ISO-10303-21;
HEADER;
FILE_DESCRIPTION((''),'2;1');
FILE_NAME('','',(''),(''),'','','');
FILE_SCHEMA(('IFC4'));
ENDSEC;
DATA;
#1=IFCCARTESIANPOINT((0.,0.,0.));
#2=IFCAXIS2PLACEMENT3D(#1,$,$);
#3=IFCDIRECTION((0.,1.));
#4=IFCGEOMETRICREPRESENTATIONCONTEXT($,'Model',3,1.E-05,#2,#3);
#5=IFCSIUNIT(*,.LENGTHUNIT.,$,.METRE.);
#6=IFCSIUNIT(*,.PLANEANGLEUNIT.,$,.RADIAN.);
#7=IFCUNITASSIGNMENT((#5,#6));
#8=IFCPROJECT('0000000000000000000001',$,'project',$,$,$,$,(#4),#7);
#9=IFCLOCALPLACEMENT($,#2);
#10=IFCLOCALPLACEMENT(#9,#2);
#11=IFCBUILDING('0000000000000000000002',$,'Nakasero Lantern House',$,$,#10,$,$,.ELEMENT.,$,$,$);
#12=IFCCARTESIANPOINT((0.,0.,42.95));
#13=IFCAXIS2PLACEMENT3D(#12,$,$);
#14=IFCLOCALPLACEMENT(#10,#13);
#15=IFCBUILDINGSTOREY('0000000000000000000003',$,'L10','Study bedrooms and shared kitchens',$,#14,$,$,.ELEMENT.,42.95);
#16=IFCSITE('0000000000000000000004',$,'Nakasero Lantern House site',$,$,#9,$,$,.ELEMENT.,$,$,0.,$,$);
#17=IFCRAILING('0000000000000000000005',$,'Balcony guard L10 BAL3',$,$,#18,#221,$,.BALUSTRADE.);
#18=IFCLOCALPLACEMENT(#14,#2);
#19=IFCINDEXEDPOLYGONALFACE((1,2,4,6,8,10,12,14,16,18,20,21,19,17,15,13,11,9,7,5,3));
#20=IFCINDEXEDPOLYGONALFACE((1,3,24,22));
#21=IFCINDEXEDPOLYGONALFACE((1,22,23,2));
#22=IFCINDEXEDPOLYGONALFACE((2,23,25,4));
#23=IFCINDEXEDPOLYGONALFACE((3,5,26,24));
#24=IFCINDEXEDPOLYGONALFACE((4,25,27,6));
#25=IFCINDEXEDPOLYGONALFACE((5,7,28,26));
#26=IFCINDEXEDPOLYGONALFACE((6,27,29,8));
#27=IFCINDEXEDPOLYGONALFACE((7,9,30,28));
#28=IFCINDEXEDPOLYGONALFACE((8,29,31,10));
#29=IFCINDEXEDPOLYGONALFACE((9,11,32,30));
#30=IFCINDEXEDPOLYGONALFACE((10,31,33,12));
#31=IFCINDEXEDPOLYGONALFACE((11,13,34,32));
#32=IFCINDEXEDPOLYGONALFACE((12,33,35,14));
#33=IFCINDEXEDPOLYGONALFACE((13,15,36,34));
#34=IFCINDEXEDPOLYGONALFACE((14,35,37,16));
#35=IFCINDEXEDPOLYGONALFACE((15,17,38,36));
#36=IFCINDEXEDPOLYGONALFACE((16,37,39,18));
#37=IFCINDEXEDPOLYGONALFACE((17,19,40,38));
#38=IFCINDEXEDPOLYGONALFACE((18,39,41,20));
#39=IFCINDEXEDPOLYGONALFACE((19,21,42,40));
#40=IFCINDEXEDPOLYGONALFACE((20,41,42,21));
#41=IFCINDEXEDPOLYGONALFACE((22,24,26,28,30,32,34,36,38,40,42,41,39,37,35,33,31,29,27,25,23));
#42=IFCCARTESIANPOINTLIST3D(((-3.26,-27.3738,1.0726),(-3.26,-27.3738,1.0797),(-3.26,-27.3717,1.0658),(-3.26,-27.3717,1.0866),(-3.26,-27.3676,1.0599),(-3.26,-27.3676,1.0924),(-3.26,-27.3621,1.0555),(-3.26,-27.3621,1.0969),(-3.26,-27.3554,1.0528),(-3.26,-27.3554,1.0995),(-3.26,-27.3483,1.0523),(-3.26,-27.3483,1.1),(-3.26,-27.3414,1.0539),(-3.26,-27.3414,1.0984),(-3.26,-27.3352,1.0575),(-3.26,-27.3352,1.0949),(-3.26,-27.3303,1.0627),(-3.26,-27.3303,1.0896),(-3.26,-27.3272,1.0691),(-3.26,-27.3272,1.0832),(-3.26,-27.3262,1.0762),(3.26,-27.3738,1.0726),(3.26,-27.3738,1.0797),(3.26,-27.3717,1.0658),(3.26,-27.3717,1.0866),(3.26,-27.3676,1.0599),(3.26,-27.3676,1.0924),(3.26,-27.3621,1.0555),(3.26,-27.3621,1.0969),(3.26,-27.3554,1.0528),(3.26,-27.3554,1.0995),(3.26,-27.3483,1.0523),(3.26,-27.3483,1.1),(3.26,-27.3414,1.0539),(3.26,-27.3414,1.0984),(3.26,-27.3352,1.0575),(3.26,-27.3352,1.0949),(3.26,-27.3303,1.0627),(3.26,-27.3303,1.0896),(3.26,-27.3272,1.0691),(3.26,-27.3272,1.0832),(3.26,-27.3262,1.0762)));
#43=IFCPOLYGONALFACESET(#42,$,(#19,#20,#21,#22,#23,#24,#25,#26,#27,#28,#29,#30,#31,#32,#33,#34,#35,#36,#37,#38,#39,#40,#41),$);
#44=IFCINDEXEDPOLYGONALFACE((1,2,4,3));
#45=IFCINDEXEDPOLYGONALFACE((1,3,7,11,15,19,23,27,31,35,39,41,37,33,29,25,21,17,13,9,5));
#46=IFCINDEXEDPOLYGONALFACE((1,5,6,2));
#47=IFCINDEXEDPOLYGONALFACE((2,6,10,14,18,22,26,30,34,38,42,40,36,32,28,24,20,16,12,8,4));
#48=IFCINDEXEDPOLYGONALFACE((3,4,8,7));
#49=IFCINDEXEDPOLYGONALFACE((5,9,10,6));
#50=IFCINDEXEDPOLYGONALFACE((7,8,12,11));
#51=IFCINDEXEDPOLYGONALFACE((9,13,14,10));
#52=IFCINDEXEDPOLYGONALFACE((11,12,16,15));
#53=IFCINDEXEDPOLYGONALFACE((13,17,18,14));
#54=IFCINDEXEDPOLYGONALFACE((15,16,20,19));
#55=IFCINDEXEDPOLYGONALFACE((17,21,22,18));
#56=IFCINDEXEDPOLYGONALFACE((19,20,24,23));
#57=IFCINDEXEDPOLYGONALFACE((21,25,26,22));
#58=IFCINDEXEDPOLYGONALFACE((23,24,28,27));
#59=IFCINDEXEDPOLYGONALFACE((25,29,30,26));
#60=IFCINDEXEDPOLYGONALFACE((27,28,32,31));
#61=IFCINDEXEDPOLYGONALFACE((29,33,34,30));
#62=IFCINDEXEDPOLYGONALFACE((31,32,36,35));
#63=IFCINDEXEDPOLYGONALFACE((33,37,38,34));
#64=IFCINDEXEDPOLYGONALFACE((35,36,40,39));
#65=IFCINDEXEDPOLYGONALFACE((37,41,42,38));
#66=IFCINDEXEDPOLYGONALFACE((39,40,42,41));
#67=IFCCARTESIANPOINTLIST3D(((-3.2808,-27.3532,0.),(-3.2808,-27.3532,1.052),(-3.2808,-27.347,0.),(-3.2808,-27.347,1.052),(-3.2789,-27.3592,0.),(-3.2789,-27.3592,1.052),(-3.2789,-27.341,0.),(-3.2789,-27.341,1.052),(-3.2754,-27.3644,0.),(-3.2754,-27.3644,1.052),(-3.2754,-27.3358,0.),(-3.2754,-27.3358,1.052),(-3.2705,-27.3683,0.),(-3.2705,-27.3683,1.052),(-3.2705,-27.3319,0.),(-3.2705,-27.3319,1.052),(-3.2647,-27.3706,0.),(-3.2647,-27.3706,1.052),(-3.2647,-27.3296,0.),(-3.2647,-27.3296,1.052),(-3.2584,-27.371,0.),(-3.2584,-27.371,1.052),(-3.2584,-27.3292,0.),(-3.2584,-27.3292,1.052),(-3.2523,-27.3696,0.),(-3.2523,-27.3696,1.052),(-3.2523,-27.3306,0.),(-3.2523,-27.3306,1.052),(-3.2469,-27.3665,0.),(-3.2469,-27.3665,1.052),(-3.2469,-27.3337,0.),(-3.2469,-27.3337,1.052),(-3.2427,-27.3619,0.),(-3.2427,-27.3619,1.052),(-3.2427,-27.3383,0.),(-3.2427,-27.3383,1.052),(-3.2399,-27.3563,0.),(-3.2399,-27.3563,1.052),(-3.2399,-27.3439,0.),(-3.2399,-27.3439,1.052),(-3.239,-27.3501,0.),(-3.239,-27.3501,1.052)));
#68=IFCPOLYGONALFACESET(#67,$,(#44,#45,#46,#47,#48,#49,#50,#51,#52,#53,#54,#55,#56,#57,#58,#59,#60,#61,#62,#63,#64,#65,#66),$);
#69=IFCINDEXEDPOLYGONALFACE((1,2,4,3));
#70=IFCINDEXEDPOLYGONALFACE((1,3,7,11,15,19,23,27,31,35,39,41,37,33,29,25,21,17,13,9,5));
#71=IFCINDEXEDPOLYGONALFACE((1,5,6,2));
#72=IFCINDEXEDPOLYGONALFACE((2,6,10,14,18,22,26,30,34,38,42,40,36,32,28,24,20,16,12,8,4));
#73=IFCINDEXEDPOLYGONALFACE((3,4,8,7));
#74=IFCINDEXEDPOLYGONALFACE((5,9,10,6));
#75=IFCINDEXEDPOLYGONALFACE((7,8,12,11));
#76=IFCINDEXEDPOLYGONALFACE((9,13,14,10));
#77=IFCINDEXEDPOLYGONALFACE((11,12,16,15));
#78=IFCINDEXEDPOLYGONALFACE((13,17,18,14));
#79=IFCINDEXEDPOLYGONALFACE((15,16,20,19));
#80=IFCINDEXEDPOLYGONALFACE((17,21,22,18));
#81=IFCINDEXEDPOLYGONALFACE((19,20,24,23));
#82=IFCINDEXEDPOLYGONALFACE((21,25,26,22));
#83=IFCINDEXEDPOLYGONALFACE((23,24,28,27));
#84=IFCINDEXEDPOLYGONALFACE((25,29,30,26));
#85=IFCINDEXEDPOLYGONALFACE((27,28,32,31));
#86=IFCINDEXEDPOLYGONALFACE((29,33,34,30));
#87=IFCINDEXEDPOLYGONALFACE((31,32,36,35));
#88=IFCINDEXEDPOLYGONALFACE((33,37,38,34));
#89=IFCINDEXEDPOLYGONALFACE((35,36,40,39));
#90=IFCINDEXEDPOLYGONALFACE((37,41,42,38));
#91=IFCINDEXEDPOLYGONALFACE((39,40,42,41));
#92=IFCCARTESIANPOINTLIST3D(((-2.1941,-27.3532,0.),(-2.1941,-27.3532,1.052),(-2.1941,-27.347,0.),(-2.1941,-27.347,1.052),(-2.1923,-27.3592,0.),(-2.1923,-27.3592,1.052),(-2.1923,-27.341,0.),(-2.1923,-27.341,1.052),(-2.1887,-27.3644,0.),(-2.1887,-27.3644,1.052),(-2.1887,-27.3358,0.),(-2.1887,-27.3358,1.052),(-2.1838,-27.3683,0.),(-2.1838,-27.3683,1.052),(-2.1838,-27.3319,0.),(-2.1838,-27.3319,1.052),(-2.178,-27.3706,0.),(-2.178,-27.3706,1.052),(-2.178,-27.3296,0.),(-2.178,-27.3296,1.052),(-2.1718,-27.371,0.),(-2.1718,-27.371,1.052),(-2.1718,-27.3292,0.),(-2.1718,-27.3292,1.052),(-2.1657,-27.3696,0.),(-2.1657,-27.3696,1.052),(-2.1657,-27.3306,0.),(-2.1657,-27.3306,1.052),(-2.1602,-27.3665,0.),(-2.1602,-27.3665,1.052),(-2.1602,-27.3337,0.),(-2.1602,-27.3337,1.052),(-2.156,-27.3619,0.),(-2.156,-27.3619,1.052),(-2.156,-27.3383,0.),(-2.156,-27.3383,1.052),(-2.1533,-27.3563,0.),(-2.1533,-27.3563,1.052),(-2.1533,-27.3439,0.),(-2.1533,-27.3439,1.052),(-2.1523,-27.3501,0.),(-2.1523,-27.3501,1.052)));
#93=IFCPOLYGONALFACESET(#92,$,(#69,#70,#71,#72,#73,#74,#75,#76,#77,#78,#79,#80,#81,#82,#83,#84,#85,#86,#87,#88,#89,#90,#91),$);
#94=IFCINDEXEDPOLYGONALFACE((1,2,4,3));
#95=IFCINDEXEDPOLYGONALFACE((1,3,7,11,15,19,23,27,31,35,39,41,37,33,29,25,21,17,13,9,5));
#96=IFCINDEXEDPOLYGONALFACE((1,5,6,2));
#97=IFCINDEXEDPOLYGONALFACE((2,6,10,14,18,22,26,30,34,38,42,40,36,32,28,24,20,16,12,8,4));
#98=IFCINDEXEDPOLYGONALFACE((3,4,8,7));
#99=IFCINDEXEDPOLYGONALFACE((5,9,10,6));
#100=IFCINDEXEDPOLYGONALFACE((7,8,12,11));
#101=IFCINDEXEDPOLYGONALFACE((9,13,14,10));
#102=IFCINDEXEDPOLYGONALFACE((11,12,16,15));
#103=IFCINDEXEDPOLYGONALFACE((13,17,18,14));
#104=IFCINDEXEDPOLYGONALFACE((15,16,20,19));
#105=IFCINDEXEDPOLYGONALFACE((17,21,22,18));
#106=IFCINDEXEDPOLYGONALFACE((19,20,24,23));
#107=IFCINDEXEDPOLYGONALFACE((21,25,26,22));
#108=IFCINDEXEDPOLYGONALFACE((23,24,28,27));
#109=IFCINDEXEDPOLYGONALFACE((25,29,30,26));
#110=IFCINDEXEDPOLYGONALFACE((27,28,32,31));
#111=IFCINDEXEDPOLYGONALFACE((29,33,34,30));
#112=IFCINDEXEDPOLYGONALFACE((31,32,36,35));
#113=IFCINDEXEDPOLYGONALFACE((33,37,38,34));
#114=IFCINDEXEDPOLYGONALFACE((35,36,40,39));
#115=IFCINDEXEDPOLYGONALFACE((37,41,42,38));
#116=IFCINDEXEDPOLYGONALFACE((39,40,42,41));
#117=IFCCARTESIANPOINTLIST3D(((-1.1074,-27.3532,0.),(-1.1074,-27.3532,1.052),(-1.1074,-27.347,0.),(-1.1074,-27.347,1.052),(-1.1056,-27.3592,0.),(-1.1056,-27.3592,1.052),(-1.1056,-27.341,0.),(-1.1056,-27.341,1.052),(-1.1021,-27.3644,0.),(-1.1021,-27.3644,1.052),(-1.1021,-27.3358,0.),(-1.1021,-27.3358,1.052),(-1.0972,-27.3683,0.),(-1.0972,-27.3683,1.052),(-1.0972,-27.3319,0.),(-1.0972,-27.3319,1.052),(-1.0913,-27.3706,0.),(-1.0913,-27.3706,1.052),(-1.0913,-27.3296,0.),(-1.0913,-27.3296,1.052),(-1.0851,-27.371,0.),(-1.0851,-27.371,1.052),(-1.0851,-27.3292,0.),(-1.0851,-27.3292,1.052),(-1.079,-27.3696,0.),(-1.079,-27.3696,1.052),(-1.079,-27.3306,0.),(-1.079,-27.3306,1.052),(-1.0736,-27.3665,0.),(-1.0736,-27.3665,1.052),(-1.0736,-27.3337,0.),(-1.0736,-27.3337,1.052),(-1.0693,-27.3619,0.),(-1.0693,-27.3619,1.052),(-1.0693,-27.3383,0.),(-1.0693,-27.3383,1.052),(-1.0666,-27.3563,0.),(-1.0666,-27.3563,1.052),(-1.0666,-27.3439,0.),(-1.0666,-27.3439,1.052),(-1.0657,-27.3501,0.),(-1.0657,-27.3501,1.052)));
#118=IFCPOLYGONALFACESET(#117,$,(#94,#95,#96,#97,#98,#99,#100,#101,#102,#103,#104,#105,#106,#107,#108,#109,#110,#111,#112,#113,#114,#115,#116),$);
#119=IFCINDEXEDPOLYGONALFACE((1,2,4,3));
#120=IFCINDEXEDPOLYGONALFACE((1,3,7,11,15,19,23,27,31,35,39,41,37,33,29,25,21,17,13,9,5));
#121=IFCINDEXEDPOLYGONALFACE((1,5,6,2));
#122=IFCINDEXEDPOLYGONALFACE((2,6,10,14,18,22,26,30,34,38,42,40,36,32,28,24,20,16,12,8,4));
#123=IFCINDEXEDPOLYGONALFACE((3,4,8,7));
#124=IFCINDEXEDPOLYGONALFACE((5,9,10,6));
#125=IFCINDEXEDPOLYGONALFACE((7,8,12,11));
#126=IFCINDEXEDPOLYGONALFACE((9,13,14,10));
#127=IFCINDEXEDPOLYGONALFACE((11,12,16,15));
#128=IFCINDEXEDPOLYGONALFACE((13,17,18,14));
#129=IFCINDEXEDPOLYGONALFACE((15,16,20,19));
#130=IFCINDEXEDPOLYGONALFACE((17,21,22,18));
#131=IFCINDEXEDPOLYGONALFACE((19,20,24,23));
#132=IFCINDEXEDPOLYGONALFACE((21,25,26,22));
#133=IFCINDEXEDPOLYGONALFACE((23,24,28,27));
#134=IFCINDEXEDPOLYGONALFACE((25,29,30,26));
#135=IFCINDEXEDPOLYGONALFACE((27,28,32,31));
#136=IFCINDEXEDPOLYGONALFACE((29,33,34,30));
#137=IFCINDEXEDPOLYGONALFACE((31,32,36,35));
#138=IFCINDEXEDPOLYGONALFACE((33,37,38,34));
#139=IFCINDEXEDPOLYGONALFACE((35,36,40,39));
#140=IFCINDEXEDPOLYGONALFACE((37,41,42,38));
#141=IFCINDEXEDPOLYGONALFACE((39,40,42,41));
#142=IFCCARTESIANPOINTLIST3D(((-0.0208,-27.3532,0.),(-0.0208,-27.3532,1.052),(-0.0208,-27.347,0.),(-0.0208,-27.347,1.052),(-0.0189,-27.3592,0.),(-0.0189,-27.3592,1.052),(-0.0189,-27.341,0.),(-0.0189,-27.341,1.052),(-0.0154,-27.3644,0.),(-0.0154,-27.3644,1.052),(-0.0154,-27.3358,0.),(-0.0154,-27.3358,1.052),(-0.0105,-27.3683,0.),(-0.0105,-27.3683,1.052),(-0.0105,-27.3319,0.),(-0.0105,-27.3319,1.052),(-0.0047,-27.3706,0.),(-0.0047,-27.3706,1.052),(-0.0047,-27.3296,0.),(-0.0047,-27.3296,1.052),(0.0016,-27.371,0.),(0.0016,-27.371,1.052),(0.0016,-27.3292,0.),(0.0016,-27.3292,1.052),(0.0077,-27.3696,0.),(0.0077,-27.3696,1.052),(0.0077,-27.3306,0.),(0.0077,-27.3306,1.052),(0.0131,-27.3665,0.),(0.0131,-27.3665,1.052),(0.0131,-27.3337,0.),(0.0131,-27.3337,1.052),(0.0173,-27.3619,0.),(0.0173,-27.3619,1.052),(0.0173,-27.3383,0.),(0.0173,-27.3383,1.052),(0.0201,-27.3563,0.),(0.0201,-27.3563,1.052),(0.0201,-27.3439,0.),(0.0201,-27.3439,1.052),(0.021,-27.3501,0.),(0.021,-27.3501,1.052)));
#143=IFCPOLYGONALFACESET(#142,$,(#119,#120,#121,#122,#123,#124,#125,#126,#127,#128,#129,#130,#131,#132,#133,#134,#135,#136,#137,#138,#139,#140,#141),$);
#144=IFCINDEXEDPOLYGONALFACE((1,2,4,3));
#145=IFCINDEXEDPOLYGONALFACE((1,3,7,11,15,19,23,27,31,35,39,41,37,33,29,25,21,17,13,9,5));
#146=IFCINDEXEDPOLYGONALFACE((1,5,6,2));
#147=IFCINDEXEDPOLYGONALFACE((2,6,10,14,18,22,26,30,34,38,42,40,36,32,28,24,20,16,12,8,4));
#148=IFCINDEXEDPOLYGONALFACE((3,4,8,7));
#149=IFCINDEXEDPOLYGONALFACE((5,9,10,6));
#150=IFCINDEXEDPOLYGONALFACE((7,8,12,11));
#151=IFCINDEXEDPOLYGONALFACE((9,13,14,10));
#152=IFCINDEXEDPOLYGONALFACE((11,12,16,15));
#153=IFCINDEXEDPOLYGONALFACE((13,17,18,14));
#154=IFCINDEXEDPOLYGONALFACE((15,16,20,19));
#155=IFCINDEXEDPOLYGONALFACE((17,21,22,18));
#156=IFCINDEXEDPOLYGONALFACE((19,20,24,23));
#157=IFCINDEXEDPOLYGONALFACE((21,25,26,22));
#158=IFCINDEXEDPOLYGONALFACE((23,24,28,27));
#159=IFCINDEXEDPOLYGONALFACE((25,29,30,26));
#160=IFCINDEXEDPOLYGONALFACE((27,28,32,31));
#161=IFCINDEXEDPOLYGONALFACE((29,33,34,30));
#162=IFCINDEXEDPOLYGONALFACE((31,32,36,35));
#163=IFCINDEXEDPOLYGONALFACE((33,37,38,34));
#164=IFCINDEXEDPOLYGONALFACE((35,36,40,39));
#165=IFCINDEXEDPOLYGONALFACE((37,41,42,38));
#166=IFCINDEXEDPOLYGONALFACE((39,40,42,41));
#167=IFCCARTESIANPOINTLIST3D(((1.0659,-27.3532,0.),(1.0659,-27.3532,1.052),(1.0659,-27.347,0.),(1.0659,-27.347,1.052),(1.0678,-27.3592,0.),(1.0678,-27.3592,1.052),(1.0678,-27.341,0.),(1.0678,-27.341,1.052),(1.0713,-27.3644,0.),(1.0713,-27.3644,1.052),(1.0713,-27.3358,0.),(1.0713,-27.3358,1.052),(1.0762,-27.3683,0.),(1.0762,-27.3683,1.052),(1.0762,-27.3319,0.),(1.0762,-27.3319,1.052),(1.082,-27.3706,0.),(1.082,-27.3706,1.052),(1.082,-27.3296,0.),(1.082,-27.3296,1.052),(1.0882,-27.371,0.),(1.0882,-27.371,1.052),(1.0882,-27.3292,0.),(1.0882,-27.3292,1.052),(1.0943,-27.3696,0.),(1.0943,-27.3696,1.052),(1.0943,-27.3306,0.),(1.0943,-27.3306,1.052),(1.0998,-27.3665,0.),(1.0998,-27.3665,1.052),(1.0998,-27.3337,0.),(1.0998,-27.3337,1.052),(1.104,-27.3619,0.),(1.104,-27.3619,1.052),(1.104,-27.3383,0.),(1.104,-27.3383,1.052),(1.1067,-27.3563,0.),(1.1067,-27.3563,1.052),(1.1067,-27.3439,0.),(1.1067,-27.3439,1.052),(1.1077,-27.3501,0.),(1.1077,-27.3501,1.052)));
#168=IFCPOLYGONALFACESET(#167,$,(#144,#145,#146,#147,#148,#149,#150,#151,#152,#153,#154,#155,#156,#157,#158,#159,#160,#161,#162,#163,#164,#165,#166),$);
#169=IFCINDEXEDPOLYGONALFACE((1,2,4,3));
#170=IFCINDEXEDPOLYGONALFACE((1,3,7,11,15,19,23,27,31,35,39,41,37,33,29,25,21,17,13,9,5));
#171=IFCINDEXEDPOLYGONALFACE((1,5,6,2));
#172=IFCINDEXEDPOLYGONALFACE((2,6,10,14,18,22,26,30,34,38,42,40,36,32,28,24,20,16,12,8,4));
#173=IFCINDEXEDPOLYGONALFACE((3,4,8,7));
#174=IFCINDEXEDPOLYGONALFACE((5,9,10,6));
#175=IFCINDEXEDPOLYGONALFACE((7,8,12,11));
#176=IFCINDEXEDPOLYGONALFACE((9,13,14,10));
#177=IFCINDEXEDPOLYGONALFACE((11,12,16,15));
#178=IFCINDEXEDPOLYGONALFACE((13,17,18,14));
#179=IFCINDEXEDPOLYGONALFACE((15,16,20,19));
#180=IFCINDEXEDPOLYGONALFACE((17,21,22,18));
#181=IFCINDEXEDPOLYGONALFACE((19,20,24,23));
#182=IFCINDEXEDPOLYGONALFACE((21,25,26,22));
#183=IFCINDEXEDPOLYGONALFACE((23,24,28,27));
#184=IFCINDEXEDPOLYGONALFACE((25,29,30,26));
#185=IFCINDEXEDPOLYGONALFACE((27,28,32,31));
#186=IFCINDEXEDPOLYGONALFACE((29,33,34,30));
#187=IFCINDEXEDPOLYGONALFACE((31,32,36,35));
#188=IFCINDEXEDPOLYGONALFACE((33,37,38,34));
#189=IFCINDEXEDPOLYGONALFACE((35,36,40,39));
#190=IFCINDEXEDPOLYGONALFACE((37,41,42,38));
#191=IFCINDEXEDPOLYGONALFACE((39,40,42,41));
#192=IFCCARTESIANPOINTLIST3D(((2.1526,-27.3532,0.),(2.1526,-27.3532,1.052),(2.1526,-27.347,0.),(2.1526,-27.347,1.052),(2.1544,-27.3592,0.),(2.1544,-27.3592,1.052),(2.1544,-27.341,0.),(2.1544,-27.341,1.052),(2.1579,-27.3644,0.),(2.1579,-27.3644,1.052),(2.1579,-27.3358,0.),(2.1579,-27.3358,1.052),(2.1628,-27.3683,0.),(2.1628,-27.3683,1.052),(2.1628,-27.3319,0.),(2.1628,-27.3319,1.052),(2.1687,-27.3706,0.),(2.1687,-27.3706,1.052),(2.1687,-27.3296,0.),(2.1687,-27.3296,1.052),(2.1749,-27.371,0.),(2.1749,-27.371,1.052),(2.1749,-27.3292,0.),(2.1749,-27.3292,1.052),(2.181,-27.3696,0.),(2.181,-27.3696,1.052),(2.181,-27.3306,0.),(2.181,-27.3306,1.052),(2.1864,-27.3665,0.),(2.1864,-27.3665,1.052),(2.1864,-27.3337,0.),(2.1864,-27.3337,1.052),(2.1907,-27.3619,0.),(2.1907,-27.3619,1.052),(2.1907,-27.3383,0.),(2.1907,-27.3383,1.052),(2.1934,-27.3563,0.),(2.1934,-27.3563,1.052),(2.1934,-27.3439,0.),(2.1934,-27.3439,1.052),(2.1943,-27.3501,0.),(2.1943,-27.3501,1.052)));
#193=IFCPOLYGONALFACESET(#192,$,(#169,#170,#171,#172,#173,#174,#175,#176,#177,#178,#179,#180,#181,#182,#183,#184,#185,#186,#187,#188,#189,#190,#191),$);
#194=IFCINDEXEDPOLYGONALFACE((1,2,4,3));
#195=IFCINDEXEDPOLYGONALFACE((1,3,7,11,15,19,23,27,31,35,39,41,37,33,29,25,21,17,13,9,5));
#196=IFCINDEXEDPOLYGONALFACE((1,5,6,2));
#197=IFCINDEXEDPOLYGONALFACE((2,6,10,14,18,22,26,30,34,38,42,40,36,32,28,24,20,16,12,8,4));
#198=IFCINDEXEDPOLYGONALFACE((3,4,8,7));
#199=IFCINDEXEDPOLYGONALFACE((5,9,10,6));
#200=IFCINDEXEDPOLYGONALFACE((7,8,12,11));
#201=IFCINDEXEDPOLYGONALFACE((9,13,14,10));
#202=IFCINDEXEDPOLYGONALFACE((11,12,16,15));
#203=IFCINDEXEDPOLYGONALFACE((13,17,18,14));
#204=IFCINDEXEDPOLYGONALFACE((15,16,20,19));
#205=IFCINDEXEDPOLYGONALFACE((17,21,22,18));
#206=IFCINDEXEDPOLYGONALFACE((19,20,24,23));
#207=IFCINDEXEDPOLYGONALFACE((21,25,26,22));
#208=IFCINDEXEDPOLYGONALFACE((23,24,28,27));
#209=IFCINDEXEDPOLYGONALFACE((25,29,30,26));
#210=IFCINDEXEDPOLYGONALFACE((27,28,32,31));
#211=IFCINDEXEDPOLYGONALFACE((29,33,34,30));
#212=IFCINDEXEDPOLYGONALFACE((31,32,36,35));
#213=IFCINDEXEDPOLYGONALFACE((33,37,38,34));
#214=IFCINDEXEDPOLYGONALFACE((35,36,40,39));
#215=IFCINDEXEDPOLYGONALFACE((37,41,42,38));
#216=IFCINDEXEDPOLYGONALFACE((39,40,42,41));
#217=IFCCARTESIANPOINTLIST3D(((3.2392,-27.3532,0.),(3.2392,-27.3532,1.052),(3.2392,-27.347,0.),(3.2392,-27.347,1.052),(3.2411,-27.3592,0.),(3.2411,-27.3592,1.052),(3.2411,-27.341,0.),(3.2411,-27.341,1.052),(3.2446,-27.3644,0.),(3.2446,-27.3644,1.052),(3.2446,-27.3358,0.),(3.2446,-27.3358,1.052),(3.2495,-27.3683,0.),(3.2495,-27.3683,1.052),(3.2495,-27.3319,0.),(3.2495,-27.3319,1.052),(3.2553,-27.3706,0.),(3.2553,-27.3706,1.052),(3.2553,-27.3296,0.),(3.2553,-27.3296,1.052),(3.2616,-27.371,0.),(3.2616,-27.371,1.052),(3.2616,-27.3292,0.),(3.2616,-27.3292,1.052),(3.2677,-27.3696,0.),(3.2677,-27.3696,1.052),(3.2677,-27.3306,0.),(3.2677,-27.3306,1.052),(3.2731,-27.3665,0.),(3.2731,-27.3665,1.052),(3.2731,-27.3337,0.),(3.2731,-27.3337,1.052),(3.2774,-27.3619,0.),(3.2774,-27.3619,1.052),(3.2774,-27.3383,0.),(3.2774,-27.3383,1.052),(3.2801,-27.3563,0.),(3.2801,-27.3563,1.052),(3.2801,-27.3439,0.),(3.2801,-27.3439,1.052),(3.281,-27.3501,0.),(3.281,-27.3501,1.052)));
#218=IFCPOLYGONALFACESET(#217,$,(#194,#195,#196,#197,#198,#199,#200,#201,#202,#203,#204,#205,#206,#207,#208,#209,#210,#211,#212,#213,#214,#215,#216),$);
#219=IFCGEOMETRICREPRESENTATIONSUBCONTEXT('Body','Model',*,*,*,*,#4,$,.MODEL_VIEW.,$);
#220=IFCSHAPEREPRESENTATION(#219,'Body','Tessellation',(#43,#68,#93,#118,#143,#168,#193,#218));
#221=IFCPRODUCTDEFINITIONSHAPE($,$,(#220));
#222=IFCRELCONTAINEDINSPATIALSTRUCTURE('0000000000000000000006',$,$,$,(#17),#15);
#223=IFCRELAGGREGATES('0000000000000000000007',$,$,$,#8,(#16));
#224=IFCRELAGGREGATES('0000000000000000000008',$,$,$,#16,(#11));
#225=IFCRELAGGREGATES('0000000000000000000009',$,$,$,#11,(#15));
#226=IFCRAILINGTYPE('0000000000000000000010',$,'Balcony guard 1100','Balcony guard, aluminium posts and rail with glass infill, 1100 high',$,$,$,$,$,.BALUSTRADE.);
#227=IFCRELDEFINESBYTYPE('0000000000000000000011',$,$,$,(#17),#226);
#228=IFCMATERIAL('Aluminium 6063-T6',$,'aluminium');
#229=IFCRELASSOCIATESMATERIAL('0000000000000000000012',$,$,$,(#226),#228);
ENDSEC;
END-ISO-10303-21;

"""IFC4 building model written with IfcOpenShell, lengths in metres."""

from ifc_helpers import new_model, si_unit, direction, frame, origin, origin_2d, place, context, subcontext, project, spatial, circle, extrude, material, type_object, element, save


model = new_model("IFC4")

# Units and contexts
model_context = context("Model", 3, precision=1e-05, world=origin(), true_north=direction((0.0, 1.0)))
body_context = subcontext(model_context, "Body", "Model", "MODEL_VIEW")
ifc_project = project(units=[si_unit("LENGTHUNIT", "METRE"), si_unit("PLANEANGLEUNIT", "RADIAN")], contexts=[model_context])

# Site, building, storey
site_placement = place(None, origin())
site = spatial("IfcSite", under=ifc_project, at=site_placement, Name="Nakasero Lantern House site", CompositionType="ELEMENT", RefElevation=0.0)
building_placement = place(site_placement, origin())
building = spatial("IfcBuilding", under=site, at=building_placement, Name="Nakasero Lantern House", CompositionType="ELEMENT")
storey_placement = place(building_placement, frame((0.0, 0.0, 42.95)))
storey = spatial("IfcBuildingStorey", under=building, at=storey_placement, Name="L10", Description="Study bedrooms and shared kitchens", CompositionType="ELEMENT", Elevation=42.95)

# Railing
ifc_material_1 = material(Name="Aluminium 6063-T6", Category="aluminium")
railing_type = type_object("IfcRailingType", Name="Balcony guard 1100", Description="Balcony guard, aluminium posts and rail with glass infill, 1100 high", PredefinedType="BALUSTRADE", material=ifc_material_1)
railing_placement = place(storey_placement, frame((-3.26, -27.3501, 0.0)))
element("IfcRailing", 1, at=railing_placement, inside=storey, type_object=railing_type, Name="Balcony guard L10 BAL3", PredefinedType="BALUSTRADE", context=body_context, shape_type="SweptSolid", body=[
    extrude(circle(Radius=0.0239, at=origin_2d()), frame((0.0, 0.0, 1.0762), z_axis=(1.0, 0.0, 0.0), x_axis=(0.0, 1.0, 0.0)), (0.0, 0.0, 1.0), 6.52),
    extrude(circle(Radius=0.021, at=origin_2d()), origin(), (0.0, 0.0, 1.0), 1.052),
    extrude(circle(Radius=0.021, at=origin_2d()), frame((1.0867, 0.0, 0.0)), (0.0, 0.0, 1.0), 1.052),
    extrude(circle(Radius=0.021, at=origin_2d()), frame((2.1733, 0.0, 0.0)), (0.0, 0.0, 1.0), 1.052),
    extrude(circle(Radius=0.021, at=origin_2d()), frame((3.26, 0.0, 0.0)), (0.0, 0.0, 1.0), 1.052),
    extrude(circle(Radius=0.021, at=origin_2d()), frame((4.3467, 0.0, 0.0)), (0.0, 0.0, 1.0), 1.052),
    extrude(circle(Radius=0.021, at=origin_2d()), frame((5.4333, 0.0, 0.0)), (0.0, 0.0, 1.0), 1.052),
    extrude(circle(Radius=0.021, at=origin_2d()), frame((6.52, 0.0, 0.0)), (0.0, 0.0, 1.0), 1.052),
])

save(model, "model.ifc")
